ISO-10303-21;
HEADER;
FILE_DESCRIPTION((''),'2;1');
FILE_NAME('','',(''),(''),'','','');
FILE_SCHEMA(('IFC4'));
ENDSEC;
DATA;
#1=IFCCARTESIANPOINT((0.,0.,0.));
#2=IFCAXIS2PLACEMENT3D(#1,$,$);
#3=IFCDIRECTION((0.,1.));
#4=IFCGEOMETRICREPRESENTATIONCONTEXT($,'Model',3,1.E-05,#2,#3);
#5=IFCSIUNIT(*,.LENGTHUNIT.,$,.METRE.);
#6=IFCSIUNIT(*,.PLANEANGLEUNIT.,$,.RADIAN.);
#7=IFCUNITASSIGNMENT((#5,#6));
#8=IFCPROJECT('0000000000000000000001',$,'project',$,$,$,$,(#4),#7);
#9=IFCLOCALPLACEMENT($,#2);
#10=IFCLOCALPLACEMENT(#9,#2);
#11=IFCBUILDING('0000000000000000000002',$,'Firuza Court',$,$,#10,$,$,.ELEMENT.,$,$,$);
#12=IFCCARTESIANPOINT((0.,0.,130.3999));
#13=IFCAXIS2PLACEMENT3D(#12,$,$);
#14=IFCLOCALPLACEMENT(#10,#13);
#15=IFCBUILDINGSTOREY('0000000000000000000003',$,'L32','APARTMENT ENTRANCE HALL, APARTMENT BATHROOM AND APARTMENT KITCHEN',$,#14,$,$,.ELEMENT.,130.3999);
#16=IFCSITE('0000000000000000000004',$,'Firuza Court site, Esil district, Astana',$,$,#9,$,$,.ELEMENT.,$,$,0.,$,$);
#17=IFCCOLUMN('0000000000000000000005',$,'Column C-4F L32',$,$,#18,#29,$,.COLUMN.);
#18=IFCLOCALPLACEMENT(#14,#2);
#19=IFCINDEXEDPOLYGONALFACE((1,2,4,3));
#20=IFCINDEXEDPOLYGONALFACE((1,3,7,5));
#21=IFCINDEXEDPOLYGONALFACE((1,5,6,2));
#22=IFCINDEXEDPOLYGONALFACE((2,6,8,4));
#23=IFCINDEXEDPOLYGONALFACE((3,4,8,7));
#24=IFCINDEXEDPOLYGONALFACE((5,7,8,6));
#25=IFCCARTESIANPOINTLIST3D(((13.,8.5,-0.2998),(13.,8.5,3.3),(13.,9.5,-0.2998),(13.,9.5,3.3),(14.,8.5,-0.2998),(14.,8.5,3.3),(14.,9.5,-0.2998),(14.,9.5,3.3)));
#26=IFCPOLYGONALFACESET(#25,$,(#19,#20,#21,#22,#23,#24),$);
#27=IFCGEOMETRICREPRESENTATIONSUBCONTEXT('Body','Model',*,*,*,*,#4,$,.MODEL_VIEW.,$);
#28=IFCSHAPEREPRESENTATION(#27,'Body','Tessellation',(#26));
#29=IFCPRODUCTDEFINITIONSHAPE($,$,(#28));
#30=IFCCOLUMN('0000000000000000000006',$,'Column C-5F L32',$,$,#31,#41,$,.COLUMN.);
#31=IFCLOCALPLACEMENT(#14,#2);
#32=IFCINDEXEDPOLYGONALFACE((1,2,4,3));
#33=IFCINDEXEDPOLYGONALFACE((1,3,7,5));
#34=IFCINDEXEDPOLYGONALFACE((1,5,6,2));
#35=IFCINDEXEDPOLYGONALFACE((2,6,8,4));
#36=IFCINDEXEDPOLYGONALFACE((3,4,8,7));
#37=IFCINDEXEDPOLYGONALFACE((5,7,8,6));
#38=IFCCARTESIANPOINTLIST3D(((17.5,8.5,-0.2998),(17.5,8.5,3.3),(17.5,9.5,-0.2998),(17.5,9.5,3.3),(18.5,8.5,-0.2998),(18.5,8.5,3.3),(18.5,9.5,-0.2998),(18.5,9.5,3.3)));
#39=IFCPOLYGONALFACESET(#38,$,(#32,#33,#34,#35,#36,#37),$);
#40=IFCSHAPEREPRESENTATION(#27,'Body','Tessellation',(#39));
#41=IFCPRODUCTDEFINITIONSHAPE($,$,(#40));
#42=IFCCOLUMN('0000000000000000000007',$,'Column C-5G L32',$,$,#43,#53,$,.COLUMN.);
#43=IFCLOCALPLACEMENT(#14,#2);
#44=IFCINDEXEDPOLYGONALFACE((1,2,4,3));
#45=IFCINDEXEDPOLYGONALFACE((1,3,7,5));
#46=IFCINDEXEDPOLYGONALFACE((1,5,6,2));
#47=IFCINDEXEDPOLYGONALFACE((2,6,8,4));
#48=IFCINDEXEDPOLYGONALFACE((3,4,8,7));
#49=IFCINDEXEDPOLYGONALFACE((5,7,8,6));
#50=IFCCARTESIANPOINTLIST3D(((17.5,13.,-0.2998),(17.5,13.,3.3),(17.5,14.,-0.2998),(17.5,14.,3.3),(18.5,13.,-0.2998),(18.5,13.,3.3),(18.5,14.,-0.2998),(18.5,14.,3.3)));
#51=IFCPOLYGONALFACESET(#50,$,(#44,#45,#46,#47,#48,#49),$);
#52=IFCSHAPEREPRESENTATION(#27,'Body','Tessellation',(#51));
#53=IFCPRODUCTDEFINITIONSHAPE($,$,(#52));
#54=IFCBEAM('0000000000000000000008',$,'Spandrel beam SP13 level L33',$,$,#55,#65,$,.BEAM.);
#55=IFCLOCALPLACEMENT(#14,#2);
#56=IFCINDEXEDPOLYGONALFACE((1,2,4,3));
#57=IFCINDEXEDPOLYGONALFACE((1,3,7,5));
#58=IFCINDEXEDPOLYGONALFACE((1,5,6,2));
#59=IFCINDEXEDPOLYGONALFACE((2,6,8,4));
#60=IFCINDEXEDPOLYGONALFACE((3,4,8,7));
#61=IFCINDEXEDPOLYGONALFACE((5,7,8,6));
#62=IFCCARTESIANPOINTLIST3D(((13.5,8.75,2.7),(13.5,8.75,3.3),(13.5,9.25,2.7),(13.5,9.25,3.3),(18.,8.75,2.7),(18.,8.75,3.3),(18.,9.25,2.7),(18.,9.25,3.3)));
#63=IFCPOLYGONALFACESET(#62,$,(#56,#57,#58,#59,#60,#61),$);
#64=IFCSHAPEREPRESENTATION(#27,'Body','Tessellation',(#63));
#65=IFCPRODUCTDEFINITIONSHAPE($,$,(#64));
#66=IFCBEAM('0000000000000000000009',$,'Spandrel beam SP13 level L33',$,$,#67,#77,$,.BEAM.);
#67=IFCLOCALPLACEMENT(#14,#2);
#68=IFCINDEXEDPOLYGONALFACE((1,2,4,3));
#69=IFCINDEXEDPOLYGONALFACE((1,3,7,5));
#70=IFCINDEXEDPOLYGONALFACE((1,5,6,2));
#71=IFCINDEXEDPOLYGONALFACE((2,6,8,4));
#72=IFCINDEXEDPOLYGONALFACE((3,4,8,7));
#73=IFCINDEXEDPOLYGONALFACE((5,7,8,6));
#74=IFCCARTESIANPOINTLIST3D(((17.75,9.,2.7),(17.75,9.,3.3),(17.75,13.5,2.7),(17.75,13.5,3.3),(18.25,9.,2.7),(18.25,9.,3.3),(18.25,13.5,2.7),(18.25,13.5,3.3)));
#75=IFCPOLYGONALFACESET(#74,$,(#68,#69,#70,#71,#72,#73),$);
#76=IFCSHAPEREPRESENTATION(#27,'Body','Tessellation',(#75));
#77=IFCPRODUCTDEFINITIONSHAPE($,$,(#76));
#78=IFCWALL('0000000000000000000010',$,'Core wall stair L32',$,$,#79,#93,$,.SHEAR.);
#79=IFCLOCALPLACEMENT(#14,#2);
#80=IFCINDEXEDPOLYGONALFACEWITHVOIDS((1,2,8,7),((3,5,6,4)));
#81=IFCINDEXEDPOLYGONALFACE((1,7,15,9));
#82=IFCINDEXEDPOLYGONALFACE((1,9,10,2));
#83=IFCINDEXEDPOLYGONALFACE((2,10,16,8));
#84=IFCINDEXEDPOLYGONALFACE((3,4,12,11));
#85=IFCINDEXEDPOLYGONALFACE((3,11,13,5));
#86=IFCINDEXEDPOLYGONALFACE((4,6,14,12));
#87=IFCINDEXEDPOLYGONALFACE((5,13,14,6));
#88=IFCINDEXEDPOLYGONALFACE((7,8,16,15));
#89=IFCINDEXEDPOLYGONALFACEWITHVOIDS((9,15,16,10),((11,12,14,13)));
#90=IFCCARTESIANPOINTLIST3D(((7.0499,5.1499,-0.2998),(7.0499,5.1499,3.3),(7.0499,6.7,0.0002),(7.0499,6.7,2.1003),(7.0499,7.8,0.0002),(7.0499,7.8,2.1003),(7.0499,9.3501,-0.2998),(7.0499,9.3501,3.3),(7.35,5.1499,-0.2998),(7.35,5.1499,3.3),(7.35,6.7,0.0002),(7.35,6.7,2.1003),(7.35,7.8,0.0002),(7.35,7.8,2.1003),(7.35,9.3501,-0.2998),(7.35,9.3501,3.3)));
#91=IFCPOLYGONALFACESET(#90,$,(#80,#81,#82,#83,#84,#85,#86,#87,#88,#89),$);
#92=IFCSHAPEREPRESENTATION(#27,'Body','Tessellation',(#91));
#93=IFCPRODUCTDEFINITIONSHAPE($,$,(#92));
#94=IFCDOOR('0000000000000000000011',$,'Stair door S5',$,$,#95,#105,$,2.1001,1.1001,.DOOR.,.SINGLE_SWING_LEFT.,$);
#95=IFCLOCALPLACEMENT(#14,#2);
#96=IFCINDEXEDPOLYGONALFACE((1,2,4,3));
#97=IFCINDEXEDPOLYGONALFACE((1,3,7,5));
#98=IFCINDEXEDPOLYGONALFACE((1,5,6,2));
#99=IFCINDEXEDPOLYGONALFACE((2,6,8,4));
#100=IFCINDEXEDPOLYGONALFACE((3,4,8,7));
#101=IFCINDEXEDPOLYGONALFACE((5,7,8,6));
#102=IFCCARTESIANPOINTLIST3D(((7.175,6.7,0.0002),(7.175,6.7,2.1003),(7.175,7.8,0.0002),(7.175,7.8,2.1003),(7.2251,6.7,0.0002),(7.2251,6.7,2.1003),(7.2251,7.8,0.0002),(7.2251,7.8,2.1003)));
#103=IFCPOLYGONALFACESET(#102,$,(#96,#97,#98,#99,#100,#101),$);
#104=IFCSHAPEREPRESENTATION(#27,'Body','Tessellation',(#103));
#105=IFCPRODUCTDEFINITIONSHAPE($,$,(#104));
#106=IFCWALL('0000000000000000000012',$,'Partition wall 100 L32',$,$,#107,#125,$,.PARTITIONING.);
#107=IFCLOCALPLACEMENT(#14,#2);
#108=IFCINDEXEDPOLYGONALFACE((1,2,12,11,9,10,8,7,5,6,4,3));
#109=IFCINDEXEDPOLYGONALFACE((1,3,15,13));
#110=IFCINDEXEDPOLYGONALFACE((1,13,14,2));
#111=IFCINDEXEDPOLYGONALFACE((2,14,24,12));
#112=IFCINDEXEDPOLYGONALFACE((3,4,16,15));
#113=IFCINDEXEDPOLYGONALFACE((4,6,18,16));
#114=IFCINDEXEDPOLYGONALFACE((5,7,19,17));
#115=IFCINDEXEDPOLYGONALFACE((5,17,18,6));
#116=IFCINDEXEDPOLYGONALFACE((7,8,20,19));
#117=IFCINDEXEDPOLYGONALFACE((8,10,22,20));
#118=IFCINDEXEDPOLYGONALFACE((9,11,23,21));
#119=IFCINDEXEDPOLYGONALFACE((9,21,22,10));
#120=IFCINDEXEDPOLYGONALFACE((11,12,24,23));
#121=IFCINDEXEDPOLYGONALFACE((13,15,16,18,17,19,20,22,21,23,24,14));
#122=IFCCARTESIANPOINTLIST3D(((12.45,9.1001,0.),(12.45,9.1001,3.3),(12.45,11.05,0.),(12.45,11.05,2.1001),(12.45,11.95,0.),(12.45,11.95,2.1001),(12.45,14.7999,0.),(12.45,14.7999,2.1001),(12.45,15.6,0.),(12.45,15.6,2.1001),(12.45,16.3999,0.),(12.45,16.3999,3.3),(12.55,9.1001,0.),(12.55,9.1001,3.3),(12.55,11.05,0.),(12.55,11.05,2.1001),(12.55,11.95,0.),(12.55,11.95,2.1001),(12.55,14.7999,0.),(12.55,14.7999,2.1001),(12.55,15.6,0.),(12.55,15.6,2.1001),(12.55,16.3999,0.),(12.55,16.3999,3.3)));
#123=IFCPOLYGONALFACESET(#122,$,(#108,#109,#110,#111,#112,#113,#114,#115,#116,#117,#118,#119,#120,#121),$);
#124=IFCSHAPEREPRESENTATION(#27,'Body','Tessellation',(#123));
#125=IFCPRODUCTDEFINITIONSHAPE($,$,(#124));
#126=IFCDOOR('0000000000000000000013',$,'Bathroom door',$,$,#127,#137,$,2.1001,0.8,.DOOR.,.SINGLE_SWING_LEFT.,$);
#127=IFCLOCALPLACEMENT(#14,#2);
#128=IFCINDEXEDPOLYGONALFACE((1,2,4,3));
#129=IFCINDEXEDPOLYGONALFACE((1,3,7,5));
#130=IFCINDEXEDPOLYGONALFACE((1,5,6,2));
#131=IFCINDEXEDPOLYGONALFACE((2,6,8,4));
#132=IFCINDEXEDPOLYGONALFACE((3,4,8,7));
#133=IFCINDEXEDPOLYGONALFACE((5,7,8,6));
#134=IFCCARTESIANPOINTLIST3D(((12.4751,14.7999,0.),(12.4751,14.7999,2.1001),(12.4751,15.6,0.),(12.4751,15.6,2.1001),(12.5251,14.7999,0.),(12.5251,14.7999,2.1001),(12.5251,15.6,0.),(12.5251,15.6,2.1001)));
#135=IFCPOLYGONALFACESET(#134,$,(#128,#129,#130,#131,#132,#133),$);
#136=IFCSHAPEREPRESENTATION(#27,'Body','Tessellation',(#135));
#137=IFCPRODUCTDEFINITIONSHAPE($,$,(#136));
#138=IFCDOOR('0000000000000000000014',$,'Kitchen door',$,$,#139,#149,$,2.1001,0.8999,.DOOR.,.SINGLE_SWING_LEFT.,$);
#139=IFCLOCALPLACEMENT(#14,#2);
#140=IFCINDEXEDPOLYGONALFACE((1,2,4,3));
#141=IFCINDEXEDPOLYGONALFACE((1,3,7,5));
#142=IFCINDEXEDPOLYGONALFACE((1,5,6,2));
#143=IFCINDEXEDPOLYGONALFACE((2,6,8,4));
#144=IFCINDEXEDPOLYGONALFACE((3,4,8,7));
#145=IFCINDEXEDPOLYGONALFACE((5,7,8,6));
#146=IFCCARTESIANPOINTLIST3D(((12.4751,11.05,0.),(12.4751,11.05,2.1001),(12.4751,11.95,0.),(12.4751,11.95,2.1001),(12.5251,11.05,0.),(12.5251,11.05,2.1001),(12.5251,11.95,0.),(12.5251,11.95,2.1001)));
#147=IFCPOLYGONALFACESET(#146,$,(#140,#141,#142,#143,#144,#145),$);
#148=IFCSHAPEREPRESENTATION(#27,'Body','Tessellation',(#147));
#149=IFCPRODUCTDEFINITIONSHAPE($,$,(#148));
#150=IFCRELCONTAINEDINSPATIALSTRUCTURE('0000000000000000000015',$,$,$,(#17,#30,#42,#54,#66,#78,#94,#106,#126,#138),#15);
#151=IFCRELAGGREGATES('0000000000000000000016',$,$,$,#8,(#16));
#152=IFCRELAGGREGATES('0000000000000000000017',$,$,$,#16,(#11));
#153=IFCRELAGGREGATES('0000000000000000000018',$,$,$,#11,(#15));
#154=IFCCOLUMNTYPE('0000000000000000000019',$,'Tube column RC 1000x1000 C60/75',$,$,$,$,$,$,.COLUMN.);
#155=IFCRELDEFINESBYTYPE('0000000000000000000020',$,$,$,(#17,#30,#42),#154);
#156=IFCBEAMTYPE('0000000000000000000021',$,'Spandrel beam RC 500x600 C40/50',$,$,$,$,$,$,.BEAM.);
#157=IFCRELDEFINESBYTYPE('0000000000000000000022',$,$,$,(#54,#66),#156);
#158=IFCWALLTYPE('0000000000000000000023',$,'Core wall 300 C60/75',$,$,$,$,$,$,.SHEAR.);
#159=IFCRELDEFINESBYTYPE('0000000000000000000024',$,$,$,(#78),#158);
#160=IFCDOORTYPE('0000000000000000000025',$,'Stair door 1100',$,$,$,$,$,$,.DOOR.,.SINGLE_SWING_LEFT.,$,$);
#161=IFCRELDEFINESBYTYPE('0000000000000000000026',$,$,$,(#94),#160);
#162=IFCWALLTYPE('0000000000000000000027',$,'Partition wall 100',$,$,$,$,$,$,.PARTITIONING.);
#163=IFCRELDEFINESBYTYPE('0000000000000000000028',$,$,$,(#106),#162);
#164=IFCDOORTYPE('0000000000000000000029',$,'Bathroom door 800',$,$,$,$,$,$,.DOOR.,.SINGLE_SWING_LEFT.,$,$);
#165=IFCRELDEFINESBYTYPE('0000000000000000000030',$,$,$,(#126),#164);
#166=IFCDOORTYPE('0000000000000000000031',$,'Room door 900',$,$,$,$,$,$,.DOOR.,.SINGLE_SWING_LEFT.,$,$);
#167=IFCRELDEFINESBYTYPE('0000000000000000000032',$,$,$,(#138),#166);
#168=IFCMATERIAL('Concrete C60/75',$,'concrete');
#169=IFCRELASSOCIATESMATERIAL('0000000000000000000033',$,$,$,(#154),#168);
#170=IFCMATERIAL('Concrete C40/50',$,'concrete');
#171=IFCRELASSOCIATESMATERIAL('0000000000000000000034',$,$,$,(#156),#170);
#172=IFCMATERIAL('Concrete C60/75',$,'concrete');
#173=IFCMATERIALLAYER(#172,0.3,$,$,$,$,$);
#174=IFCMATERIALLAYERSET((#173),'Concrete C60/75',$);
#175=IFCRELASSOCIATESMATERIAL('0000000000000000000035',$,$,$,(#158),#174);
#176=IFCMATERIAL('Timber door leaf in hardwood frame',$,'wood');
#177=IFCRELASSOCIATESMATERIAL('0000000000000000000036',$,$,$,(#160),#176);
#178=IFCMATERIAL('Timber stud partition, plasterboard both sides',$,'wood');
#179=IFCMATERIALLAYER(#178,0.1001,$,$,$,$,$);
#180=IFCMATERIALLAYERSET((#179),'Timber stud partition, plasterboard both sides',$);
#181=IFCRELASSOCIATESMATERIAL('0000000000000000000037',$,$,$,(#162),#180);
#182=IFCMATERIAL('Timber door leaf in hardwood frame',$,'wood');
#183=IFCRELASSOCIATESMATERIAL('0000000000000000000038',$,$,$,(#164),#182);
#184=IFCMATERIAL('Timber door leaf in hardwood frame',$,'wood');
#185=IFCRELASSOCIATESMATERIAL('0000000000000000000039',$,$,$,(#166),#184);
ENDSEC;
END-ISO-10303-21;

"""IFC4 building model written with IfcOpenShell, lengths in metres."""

from ifc_helpers import new_model, si_unit, direction, frame, frame_2d, origin, origin_2d, place, context, subcontext, project, spatial, rectangle, extrude, material, layer, layer_set, material_profile, profile_set, type_object, element, fill, save


model = new_model("IFC4")

# Units and contexts
model_context = context("Model", 3, precision=1e-05, world=origin(), true_north=direction((0.0, 1.0)))
body_context = subcontext(model_context, "Body", "Model", "MODEL_VIEW")
ifc_project = project(units=[si_unit("LENGTHUNIT", "METRE"), si_unit("PLANEANGLEUNIT", "RADIAN")], contexts=[model_context])

# Site, building, storey
site_placement = place(None, origin())
site = spatial("IfcSite", under=ifc_project, at=site_placement, Name="Firuza Court site, Esil district, Astana", CompositionType="ELEMENT", RefElevation=0.0)
building_placement = place(site_placement, origin())
building = spatial("IfcBuilding", under=site, at=building_placement, Name="Firuza Court", CompositionType="ELEMENT")
storey_placement = place(building_placement, frame((0.0, 0.0, 130.3999)))
storey = spatial("IfcBuildingStorey", under=building, at=storey_placement, Name="L32", Description="APARTMENT ENTRANCE HALL, APARTMENT BATHROOM AND APARTMENT KITCHEN", CompositionType="ELEMENT", Elevation=130.3999)

# Columns
ifc_material_1 = material(Name="Concrete C60/75", Category="concrete")
ifc_material_profile_1 = material_profile(ifc_material_1, rectangle(XDim=1.0, YDim=1.0, at=origin_2d()), Name="RC 1000x1000")
ifc_profile_set_1 = profile_set([ifc_material_profile_1], Name="Concrete C60/75")
column_type = type_object("IfcColumnType", Name="Tube column RC 1000x1000 C60/75", PredefinedType="COLUMN", material=ifc_profile_set_1)
for number, where, z_axis, x_axis, name in (
    (1, (13.5, 9.0, -0.2998), (0.0, 0.0, 1.0), (1.0, 0.0, 0.0), "Column C-4F L32"),
    (2, (18.0, 9.0, -0.2998), (0.0, 0.0, 1.0), (1.0, 0.0, 0.0), "Column C-5F L32"),
    (3, (18.0, 13.5, -0.2998), (0.0, 0.0, 1.0), (1.0, 0.0, 0.0), "Column C-5G L32"),
):
    element("IfcColumn", number, at=place(storey_placement, frame(where, z_axis=z_axis, x_axis=x_axis)), inside=storey, type_object=column_type, Name=name, PredefinedType="COLUMN", context=body_context, shape_type="SweptSolid", body=[
        extrude(rectangle(XDim=1.0, YDim=1.0, at=origin_2d()), origin(), (0.0, 0.0, 1.0), 3.5999),
    ])

# Beams
ifc_material_2 = material(Name="Concrete C40/50", Category="concrete")
ifc_material_profile_2 = material_profile(ifc_material_2, rectangle(XDim=0.5, YDim=0.6001, at=origin_2d()), Name="RC 500x600")
ifc_profile_set_2 = profile_set([ifc_material_profile_2], Name="Concrete C40/50")
beam_type = type_object("IfcBeamType", Name="Spandrel beam RC 500x600 C40/50", PredefinedType="BEAM", material=ifc_profile_set_2)
for number, where, z_axis, x_axis, name in (
    (4, (13.5, 9.0, 3.0), (1.0, 0.0, 0.0), (0.0, 1.0, 0.0), "Spandrel beam SP13 level L33"),
    (5, (18.0, 9.0, 3.0), (0.0, 1.0, 0.0), (-1.0, 0.0, 0.0), "Spandrel beam SP13 level L33"),
):
    element("IfcBeam", number, at=place(storey_placement, frame(where, z_axis=z_axis, x_axis=x_axis)), inside=storey, type_object=beam_type, Name=name, PredefinedType="BEAM", context=body_context, shape_type="SweptSolid", body=[
        extrude(rectangle(XDim=0.5, YDim=0.6001, at=origin_2d()), origin(), (0.0, 0.0, 1.0), 4.5),
    ])

# Wall, opening, door
ifc_material_3 = material(Name="Concrete C60/75", Category="concrete")
ifc_layer_1 = layer(ifc_material_3, 0.3)
ifc_layer_set_1 = layer_set([ifc_layer_1], Name="Concrete C60/75")
wall_type_1 = type_object("IfcWallType", Name="Core wall 300 C60/75", PredefinedType="SHEAR", material=ifc_layer_set_1)
wall_1_placement = place(storey_placement, frame((7.2, 5.1499, -0.2998), z_axis=(0.0, 0.0, 1.0), x_axis=(0.0, 1.0, 0.0)))
wall_1 = element("IfcWall", 6, at=wall_1_placement, inside=storey, type_object=wall_type_1, Name="Core wall stair L32", PredefinedType="SHEAR", context=body_context, shape_type="SweptSolid", body=[
    extrude(rectangle(XDim=4.2002, YDim=0.3, at=frame_2d((2.1001, 0.0))), origin(), (0.0, 0.0, 1.0), 3.5999),
])
opening_1_placement = place(wall_1_placement, frame((1.55, 0.0, 0.3)))
opening_1 = element("IfcOpeningElement", 7, at=opening_1_placement, cuts=wall_1, PredefinedType="OPENING", context=body_context, shape_type="SweptSolid", body=[
    extrude(rectangle(XDim=1.1001, YDim=2.1001, at=frame_2d((0.55, 1.05))), frame((0.0, 0.1621, 0.0), z_axis=(0.0, -1.0, 0.0), x_axis=(1.0, 0.0, 0.0)), (0.0, 0.0, 1.0), 0.324),
])
ifc_material_4 = material(Name="Timber door leaf in hardwood frame", Category="wood")
door_type_1 = type_object("IfcDoorType", Name="Stair door 1100", OperationType="SINGLE_SWING_LEFT", PredefinedType="DOOR", material=ifc_material_4)
door_1_placement = place(opening_1_placement, origin())
door_1 = element("IfcDoor", 8, at=door_1_placement, inside=storey, type_object=door_type_1, Name="Stair door S5", OperationType="SINGLE_SWING_LEFT", OverallHeight=2.1001, OverallWidth=1.1001, PredefinedType="DOOR", context=body_context, shape_type="SweptSolid", body=[
    extrude(rectangle(XDim=1.1001, YDim=2.1001, at=frame_2d((0.55, 1.05))), frame((0.0, 0.0249, 0.0), z_axis=(0.0, -1.0, 0.0), x_axis=(1.0, 0.0, 0.0)), (0.0, 0.0, 1.0), 0.05),
])
fill(opening_1, door_1)

# Wall, openings, doors
ifc_material_5 = material(Name="Timber stud partition, plasterboard both sides", Category="wood")
ifc_layer_2 = layer(ifc_material_5, 0.1001)
ifc_layer_set_2 = layer_set([ifc_layer_2], Name="Timber stud partition, plasterboard both sides")
wall_type_2 = type_object("IfcWallType", Name="Partition wall 100", PredefinedType="PARTITIONING", material=ifc_layer_set_2)
wall_2_placement = place(storey_placement, frame((12.5, 9.1001, 0.0), z_axis=(0.0, 0.0, 1.0), x_axis=(0.0, 1.0, 0.0)))
wall_2 = element("IfcWall", 9, at=wall_2_placement, inside=storey, type_object=wall_type_2, Name="Partition wall 100 L32", PredefinedType="PARTITIONING", context=body_context, shape_type="SweptSolid", body=[
    extrude(rectangle(XDim=7.2998, YDim=0.1001, at=frame_2d((3.6499, 0.0))), origin(), (0.0, 0.0, 1.0), 3.3),
])
opening_2_placement = place(wall_2_placement, frame((5.7, 0.0, 0.0)))
opening_2 = element("IfcOpeningElement", 10, at=opening_2_placement, cuts=wall_2, PredefinedType="OPENING", context=body_context, shape_type="SweptSolid", body=[
    extrude(rectangle(XDim=0.8, YDim=2.1001, at=frame_2d((0.3999, 1.05))), frame((0.0, 0.062, 0.0), z_axis=(0.0, -1.0, 0.0), x_axis=(1.0, 0.0, 0.0)), (0.0, 0.0, 1.0), 0.124),
])
opening_3_placement = place(wall_2_placement, frame((1.95, 0.0, 0.0)))
opening_3 = element("IfcOpeningElement", 11, at=opening_3_placement, cuts=wall_2, PredefinedType="OPENING", context=body_context, shape_type="SweptSolid", body=[
    extrude(rectangle(XDim=0.8999, YDim=2.1001, at=frame_2d((0.45, 1.05))), frame((0.0, 0.062, 0.0), z_axis=(0.0, -1.0, 0.0), x_axis=(1.0, 0.0, 0.0)), (0.0, 0.0, 1.0), 0.124),
])
ifc_material_6 = material(Name="Timber door leaf in hardwood frame", Category="wood")
door_type_2 = type_object("IfcDoorType", Name="Bathroom door 800", OperationType="SINGLE_SWING_LEFT", PredefinedType="DOOR", material=ifc_material_6)
door_2_placement = place(opening_2_placement, origin())
door_2 = element("IfcDoor", 12, at=door_2_placement, inside=storey, type_object=door_type_2, Name="Bathroom door", OperationType="SINGLE_SWING_LEFT", OverallHeight=2.1001, OverallWidth=0.8, PredefinedType="DOOR", context=body_context, shape_type="SweptSolid", body=[
    extrude(rectangle(XDim=0.8, YDim=2.1001, at=frame_2d((0.3999, 1.05))), frame((0.0, 0.0249, 0.0), z_axis=(0.0, -1.0, 0.0), x_axis=(1.0, 0.0, 0.0)), (0.0, 0.0, 1.0), 0.05),
])
fill(opening_2, door_2)
ifc_material_7 = material(Name="Timber door leaf in hardwood frame", Category="wood")
door_type_3 = type_object("IfcDoorType", Name="Room door 900", OperationType="SINGLE_SWING_LEFT", PredefinedType="DOOR", material=ifc_material_7)
door_3_placement = place(opening_3_placement, origin())
door_3 = element("IfcDoor", 13, at=door_3_placement, inside=storey, type_object=door_type_3, Name="Kitchen door", OperationType="SINGLE_SWING_LEFT", OverallHeight=2.1001, OverallWidth=0.8999, PredefinedType="DOOR", context=body_context, shape_type="SweptSolid", body=[
    extrude(rectangle(XDim=0.8999, YDim=2.1001, at=frame_2d((0.45, 1.05))), frame((0.0, 0.0249, 0.0), z_axis=(0.0, -1.0, 0.0), x_axis=(1.0, 0.0, 0.0)), (0.0, 0.0, 1.0), 0.05),
])
fill(opening_3, door_3)

save(model, "model.ifc")
